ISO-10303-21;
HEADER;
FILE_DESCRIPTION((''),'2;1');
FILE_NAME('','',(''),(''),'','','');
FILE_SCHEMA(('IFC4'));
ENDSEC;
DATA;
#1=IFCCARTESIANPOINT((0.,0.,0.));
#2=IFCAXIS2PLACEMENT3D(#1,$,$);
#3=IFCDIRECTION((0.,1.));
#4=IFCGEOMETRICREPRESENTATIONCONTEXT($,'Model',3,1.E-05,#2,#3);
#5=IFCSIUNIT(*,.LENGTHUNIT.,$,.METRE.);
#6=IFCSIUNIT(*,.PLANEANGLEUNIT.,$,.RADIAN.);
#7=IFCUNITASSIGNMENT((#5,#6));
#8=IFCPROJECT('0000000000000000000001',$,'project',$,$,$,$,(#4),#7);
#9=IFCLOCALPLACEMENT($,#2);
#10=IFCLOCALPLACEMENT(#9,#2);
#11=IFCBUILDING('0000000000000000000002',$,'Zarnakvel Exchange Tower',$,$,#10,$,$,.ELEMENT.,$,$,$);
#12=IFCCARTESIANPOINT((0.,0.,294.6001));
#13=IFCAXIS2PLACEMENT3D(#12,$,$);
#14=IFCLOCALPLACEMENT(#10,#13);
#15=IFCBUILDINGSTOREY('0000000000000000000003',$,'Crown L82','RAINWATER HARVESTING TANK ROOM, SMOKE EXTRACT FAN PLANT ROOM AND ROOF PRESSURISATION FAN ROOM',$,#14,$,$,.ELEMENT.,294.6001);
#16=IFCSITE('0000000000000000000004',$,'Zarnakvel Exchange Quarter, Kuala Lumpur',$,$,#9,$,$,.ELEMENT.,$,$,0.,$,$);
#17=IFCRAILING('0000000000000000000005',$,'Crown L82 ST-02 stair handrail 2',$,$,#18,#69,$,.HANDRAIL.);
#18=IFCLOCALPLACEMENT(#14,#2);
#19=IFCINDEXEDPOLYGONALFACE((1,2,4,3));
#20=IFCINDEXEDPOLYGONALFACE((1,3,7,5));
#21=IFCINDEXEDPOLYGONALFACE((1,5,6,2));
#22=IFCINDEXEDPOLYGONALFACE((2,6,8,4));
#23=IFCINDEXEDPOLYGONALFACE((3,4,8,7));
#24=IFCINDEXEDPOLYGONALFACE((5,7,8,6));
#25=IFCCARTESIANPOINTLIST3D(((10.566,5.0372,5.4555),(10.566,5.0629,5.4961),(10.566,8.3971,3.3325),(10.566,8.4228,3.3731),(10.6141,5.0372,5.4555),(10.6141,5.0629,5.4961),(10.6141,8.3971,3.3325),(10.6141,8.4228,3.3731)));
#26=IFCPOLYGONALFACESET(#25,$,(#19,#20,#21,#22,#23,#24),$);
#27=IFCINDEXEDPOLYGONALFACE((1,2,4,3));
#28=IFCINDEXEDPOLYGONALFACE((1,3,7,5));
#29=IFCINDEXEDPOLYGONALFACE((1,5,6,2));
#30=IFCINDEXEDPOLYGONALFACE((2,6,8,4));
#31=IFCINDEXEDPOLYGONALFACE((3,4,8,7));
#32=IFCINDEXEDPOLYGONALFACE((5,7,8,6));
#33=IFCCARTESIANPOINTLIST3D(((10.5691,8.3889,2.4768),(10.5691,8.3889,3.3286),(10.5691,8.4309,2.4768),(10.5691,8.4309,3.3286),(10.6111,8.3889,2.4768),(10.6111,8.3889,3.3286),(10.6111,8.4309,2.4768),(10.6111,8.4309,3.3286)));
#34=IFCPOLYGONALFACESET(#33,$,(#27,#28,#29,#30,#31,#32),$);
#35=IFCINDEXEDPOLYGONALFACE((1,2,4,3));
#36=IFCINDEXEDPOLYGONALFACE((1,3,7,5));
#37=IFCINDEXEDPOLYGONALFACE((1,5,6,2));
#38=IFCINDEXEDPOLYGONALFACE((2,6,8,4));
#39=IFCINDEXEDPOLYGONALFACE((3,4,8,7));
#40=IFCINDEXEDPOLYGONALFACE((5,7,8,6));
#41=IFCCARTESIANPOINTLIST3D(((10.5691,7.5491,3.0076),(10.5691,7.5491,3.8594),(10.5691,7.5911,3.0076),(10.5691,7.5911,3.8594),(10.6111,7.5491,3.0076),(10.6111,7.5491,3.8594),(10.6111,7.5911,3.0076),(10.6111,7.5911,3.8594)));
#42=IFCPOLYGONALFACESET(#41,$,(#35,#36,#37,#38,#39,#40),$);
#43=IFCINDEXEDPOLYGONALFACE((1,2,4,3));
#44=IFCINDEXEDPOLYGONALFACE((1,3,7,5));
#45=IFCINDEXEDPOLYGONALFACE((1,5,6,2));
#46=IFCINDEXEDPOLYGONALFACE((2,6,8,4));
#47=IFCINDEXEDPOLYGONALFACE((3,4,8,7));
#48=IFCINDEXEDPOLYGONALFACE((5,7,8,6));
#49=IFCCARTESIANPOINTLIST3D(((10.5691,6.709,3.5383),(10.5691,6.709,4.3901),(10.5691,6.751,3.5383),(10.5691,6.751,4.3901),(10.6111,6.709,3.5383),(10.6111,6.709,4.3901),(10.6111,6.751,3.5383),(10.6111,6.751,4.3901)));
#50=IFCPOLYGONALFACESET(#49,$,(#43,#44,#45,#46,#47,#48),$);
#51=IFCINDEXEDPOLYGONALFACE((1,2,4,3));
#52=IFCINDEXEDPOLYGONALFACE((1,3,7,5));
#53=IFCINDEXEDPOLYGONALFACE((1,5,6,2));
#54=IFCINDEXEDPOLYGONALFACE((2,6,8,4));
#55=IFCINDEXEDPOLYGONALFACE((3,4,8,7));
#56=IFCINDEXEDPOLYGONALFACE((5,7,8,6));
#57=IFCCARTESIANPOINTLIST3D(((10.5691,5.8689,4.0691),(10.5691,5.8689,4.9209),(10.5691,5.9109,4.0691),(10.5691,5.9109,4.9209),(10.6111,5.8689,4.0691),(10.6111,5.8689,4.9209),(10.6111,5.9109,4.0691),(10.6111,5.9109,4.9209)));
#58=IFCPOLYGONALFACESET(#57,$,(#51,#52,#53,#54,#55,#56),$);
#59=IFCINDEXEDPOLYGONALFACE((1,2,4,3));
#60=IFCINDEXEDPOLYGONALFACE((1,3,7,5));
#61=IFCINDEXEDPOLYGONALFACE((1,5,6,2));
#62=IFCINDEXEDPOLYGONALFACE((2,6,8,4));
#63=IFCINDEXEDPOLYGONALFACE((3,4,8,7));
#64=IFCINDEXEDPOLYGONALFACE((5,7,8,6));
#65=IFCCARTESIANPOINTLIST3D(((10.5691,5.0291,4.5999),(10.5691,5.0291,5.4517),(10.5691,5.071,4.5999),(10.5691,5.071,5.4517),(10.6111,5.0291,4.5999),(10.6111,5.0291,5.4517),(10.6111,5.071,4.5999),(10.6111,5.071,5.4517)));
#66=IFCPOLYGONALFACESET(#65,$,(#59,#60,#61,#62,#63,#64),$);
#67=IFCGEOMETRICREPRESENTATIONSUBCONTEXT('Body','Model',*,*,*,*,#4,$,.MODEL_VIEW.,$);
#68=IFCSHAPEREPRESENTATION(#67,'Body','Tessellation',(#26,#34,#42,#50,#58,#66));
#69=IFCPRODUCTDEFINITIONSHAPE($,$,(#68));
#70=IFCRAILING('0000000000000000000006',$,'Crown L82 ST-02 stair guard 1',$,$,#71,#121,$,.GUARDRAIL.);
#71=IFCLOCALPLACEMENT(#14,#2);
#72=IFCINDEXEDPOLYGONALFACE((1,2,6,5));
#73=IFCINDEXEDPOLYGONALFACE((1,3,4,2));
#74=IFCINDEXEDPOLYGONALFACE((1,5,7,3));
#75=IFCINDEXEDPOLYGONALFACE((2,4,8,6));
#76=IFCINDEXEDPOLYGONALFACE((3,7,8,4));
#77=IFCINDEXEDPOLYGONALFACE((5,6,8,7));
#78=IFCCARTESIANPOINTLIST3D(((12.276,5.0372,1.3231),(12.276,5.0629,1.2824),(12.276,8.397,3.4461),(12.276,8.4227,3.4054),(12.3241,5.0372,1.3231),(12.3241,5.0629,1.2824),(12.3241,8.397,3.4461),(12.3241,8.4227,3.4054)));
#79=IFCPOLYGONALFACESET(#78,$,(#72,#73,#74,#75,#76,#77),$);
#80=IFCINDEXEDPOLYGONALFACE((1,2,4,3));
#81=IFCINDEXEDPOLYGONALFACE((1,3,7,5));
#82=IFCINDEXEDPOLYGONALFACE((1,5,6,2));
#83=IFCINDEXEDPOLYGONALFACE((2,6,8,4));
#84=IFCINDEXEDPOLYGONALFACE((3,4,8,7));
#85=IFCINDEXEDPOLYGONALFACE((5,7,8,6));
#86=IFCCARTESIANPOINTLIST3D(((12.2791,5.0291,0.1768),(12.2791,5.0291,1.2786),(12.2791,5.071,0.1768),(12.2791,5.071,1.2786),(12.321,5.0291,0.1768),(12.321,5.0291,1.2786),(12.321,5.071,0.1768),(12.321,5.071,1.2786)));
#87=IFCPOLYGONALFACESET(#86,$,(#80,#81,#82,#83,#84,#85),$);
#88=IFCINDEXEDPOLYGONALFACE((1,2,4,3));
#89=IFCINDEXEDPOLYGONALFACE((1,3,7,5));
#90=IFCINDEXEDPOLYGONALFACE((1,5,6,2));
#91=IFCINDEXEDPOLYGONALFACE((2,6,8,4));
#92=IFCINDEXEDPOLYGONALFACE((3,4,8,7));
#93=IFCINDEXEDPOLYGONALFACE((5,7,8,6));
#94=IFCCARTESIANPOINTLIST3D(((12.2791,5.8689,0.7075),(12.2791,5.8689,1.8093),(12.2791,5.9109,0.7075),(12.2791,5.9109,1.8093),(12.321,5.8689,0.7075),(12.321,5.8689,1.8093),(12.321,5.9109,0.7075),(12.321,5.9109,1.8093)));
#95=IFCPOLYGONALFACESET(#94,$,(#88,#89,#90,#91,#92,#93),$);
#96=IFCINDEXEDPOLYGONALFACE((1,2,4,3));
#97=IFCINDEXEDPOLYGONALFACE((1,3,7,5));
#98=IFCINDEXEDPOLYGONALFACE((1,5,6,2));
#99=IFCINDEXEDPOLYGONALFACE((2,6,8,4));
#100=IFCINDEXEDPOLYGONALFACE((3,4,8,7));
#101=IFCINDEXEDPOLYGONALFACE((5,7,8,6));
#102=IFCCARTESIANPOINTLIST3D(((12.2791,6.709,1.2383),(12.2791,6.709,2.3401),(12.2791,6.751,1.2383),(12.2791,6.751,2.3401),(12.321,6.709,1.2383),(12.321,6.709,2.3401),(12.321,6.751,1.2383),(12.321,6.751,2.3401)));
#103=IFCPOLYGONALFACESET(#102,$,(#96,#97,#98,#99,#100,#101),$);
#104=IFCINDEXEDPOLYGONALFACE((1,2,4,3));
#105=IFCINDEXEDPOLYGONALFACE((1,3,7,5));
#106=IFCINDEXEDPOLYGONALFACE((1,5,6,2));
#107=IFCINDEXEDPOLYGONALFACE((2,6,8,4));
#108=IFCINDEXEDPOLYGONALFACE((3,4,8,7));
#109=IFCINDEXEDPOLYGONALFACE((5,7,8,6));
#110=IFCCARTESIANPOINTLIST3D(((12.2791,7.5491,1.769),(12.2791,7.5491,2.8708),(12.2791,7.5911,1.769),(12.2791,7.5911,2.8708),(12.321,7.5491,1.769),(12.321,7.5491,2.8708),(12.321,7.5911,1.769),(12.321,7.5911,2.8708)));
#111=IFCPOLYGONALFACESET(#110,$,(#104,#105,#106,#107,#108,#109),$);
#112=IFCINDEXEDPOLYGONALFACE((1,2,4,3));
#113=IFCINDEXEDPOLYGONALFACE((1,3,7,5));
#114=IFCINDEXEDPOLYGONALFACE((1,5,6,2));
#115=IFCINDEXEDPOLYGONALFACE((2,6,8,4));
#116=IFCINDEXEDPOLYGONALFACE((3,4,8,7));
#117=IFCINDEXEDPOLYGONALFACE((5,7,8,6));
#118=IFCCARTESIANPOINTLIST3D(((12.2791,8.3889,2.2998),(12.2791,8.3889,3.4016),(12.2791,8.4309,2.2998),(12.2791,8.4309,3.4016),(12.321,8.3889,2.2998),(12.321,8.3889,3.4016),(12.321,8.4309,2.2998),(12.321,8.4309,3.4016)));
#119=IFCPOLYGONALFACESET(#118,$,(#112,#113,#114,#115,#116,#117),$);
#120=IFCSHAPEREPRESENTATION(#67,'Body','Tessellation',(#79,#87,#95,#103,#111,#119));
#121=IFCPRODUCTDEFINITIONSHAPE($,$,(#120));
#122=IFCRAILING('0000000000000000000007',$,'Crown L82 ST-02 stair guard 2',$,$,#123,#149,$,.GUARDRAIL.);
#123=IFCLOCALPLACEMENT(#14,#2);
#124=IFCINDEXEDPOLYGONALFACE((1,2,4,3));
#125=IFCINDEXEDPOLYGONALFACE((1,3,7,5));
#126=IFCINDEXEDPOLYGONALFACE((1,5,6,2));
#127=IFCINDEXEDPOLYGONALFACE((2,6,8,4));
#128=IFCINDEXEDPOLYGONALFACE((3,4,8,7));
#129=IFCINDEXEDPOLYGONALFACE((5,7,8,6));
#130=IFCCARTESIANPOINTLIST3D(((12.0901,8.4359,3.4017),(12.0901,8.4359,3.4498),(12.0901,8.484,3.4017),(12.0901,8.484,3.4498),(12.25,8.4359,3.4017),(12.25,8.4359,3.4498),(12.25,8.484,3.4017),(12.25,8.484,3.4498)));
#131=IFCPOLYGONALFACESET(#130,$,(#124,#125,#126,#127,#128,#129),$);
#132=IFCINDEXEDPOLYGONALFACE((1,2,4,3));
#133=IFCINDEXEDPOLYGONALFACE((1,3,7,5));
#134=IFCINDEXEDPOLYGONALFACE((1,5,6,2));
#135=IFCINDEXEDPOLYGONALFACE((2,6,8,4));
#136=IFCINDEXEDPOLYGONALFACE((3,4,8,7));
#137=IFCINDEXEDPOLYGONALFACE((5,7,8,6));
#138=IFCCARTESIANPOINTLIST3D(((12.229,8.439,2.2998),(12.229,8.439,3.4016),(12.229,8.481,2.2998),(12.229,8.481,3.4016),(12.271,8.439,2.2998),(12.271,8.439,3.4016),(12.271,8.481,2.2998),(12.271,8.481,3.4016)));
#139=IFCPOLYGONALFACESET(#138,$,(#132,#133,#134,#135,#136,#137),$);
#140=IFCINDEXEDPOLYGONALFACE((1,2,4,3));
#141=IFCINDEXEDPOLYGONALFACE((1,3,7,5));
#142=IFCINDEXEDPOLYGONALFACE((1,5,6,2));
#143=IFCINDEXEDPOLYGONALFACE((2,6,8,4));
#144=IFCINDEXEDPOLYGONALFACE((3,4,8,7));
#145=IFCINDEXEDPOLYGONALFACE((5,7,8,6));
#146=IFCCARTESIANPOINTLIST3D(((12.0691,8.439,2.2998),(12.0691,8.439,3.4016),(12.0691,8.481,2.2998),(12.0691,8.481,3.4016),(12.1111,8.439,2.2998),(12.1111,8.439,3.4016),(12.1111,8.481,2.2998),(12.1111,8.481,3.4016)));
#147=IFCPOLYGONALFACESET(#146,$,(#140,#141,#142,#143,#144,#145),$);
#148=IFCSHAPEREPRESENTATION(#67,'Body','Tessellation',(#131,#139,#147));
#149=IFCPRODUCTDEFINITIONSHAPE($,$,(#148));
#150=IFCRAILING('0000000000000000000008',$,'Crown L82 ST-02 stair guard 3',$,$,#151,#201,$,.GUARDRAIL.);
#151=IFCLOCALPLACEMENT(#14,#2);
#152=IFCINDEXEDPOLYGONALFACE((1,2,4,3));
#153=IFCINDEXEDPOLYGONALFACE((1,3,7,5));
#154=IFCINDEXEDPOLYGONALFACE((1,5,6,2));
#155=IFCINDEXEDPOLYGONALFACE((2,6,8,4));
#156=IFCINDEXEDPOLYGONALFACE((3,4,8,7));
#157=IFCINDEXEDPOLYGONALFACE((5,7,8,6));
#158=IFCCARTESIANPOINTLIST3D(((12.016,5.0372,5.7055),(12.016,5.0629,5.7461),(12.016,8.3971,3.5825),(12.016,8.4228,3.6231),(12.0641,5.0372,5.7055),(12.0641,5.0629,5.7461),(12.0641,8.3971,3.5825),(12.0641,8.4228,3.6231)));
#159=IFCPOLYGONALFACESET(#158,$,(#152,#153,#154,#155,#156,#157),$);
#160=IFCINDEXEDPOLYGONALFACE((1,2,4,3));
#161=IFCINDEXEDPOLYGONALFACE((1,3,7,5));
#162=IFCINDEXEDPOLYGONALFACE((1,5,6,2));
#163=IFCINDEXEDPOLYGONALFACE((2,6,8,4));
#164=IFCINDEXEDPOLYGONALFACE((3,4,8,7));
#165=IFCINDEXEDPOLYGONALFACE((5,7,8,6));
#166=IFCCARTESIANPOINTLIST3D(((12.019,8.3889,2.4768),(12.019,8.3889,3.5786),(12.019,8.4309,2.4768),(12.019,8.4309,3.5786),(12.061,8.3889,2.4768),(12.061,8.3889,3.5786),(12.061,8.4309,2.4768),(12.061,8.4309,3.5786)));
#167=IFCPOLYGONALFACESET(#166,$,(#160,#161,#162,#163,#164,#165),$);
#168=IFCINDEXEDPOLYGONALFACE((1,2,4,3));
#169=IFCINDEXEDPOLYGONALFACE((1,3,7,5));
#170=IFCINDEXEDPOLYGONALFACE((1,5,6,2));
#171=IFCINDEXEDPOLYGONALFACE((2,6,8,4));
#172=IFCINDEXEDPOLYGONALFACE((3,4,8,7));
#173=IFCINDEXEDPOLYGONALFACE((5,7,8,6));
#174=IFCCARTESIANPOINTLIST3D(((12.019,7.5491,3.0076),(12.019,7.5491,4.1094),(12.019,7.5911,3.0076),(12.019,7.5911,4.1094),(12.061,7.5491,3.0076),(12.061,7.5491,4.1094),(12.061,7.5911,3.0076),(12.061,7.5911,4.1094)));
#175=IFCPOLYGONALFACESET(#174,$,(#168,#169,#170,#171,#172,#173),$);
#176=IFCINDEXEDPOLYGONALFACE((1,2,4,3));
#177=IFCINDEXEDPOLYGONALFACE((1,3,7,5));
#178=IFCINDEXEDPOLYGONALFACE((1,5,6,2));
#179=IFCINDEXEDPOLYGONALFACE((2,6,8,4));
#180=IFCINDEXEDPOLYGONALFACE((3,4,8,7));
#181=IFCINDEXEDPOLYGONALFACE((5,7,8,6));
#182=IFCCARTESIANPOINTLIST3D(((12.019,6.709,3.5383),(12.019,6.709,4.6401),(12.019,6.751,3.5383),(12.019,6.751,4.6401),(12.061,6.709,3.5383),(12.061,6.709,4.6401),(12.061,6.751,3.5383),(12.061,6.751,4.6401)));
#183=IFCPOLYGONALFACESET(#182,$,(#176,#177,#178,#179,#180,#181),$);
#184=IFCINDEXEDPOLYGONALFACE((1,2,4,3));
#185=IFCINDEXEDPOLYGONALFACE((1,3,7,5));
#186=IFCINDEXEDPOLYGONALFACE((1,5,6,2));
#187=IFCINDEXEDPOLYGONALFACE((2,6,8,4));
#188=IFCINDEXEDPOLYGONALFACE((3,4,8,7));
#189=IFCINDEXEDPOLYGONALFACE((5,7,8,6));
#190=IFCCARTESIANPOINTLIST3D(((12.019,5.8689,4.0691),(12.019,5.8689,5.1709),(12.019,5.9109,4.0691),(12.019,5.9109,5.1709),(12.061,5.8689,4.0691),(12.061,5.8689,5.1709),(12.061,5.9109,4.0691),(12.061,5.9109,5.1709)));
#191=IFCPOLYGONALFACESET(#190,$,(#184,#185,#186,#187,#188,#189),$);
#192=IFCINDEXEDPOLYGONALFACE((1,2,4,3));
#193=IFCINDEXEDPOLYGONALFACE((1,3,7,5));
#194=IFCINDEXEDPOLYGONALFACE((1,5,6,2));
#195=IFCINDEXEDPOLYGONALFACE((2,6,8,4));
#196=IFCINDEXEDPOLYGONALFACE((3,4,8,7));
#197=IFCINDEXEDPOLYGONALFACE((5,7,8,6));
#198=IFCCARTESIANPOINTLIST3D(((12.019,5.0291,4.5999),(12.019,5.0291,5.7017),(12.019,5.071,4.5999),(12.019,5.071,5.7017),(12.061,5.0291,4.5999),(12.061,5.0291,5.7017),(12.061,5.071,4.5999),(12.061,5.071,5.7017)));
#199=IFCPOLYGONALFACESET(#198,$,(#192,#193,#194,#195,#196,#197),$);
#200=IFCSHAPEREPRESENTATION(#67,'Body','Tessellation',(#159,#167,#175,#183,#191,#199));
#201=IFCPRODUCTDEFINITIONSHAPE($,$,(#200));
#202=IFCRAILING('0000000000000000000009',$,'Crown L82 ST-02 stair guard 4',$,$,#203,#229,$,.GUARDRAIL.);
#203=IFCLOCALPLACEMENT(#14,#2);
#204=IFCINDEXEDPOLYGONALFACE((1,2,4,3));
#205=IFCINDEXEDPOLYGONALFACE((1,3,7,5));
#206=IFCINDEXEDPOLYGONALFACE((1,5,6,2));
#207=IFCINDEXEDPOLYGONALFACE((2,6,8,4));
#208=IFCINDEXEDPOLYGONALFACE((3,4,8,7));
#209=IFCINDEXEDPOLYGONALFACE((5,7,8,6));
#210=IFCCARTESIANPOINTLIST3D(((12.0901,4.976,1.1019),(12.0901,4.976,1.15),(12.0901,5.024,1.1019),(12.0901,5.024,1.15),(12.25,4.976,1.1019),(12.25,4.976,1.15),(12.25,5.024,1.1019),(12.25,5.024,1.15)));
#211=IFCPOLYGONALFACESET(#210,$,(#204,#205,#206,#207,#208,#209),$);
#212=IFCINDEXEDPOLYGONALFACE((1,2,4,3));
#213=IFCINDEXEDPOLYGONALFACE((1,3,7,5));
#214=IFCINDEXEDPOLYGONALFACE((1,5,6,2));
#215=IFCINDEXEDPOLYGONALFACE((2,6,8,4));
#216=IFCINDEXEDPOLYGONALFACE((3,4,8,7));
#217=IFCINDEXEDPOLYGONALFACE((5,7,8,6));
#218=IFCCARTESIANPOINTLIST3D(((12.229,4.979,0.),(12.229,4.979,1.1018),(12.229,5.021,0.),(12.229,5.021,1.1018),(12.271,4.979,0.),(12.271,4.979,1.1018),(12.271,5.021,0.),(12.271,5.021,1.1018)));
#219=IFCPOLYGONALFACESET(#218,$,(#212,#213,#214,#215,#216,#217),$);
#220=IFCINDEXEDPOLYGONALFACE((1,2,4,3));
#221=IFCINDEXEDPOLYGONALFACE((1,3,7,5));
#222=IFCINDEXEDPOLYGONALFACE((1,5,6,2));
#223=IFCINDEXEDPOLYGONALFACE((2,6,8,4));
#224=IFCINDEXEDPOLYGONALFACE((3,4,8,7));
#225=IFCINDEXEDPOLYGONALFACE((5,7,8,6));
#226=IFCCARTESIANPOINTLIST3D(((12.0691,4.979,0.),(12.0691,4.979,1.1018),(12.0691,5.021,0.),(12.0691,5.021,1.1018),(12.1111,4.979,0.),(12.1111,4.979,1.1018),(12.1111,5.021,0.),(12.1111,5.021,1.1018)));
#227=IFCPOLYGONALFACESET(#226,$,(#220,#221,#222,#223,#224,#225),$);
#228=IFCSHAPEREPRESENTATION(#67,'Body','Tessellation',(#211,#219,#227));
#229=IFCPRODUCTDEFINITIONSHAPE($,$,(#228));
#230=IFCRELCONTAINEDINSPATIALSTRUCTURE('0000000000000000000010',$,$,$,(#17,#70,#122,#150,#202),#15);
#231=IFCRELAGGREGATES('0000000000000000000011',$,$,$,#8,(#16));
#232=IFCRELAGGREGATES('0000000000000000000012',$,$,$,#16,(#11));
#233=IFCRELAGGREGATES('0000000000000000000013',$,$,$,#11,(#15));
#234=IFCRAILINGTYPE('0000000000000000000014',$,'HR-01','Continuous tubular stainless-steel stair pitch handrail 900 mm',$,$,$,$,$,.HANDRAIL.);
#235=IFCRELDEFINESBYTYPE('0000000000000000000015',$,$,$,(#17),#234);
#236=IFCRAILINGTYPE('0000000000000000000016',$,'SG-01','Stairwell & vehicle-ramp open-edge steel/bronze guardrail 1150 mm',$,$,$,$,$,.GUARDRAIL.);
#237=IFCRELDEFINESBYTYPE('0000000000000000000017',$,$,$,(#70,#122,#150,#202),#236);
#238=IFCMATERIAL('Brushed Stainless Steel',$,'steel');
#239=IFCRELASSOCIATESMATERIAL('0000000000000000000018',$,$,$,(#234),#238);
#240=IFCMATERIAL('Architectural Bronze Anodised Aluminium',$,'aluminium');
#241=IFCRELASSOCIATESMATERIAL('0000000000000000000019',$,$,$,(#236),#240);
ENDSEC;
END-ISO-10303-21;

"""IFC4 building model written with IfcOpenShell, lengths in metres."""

from ifc_helpers import new_model, si_unit, direction, frame, origin, origin_2d, place, context, subcontext, project, spatial, rectangle, extrude, material, type_object, element, save


model = new_model("IFC4")

# Units and contexts
model_context = context("Model", 3, precision=1e-05, world=origin(), true_north=direction((0.0, 1.0)))
body_context = subcontext(model_context, "Body", "Model", "MODEL_VIEW")
ifc_project = project(units=[si_unit("LENGTHUNIT", "METRE"), si_unit("PLANEANGLEUNIT", "RADIAN")], contexts=[model_context])

# Site, building, storey
site_placement = place(None, origin())
site = spatial("IfcSite", under=ifc_project, at=site_placement, Name="Zarnakvel Exchange Quarter, Kuala Lumpur", CompositionType="ELEMENT", RefElevation=0.0)
building_placement = place(site_placement, origin())
building = spatial("IfcBuilding", under=site, at=building_placement, Name="Zarnakvel Exchange Tower", CompositionType="ELEMENT")
storey_placement = place(building_placement, frame((0.0, 0.0, 294.6001)))
storey = spatial("IfcBuildingStorey", under=building, at=storey_placement, Name="Crown L82", Description="RAINWATER HARVESTING TANK ROOM, SMOKE EXTRACT FAN PLANT ROOM AND ROOF PRESSURISATION FAN ROOM", CompositionType="ELEMENT", Elevation=294.6001)

# Shared definitions
ifc_material_1 = material(Name="Architectural Bronze Anodised Aluminium", Category="aluminium")

# Railings
ifc_material_2 = material(Name="Brushed Stainless Steel", Category="steel")
railing_type_1 = type_object("IfcRailingType", Name="HR-01", Description="Continuous tubular stainless-steel stair pitch handrail 900 mm", PredefinedType="HANDRAIL", material=ifc_material_2)
railing_1_placement = place(storey_placement, frame((10.5901, 8.4099, 2.4768)))
element("IfcRailing", 1, at=railing_1_placement, inside=storey, type_object=railing_type_1, Name="Crown L82 ST-02 stair handrail 2", PredefinedType="HANDRAIL", context=body_context, shape_type="SweptSolid", body=[
    extrude(rectangle(XDim=0.0481, YDim=0.0481, at=origin_2d()), frame((0.0, 0.0, 0.876), z_axis=(0.0, -0.845372, 0.534178), x_axis=(1.0, 0.0, 0.0)), (0.0, 0.0, 1.0), 3.9744),
    extrude(rectangle(XDim=0.042, YDim=0.042, at=origin_2d()), origin(), (0.0, 0.0, 1.0), 0.8518),
    extrude(rectangle(XDim=0.042, YDim=0.042, at=origin_2d()), frame((0.0, -0.8398, 0.5308)), (0.0, 0.0, 1.0), 0.8518),
    extrude(rectangle(XDim=0.042, YDim=0.042, at=origin_2d()), frame((0.0, -1.6799, 1.0615)), (0.0, 0.0, 1.0), 0.8518),
    extrude(rectangle(XDim=0.042, YDim=0.042, at=origin_2d()), frame((0.0, -2.52, 1.5923)), (0.0, 0.0, 1.0), 0.8518),
    extrude(rectangle(XDim=0.042, YDim=0.042, at=origin_2d()), frame((0.0, -3.3599, 2.123)), (0.0, 0.0, 1.0), 0.8518),
])
railing_type_2 = type_object("IfcRailingType", Name="SG-01", Description="Stairwell & vehicle-ramp open-edge steel/bronze guardrail 1150 mm", PredefinedType="GUARDRAIL", material=ifc_material_1)
railing_2_placement = place(storey_placement, frame((12.3, 5.05, 0.1768)))
element("IfcRailing", 2, at=railing_2_placement, inside=storey, type_object=railing_type_2, Name="Crown L82 ST-02 stair guard 1", PredefinedType="GUARDRAIL", context=body_context, shape_type="SweptSolid", body=[
    extrude(rectangle(XDim=0.0481, YDim=0.0481, at=origin_2d()), frame((0.0, 0.0, 1.126), z_axis=(0.0, 0.845372, 0.534178), x_axis=(-1.0, 0.0, 0.0)), (0.0, 0.0, 1.0), 3.9744),
    extrude(rectangle(XDim=0.042, YDim=0.042, at=origin_2d()), origin(), (0.0, 0.0, 1.0), 1.1018),
    extrude(rectangle(XDim=0.042, YDim=0.042, at=origin_2d()), frame((0.0, 0.8398, 0.5308)), (0.0, 0.0, 1.0), 1.1018),
    extrude(rectangle(XDim=0.042, YDim=0.042, at=origin_2d()), frame((0.0, 1.6799, 1.0615)), (0.0, 0.0, 1.0), 1.1018),
    extrude(rectangle(XDim=0.042, YDim=0.042, at=origin_2d()), frame((0.0, 2.52, 1.5923)), (0.0, 0.0, 1.0), 1.1018),
    extrude(rectangle(XDim=0.042, YDim=0.042, at=origin_2d()), frame((0.0, 3.3599, 2.123)), (0.0, 0.0, 1.0), 1.1018),
])
railing_3_placement = place(storey_placement, frame((12.25, 8.46, 2.2998)))
element("IfcRailing", 3, at=railing_3_placement, inside=storey, type_object=railing_type_2, Name="Crown L82 ST-02 stair guard 2", PredefinedType="GUARDRAIL", context=body_context, shape_type="SweptSolid", body=[
    extrude(rectangle(XDim=0.0481, YDim=0.0481, at=origin_2d()), frame((0.0, 0.0, 1.126), z_axis=(-1.0, 0.0, 0.0), x_axis=(0.0, -1.0, 0.0)), (0.0, 0.0, 1.0), 0.1599),
    extrude(rectangle(XDim=0.042, YDim=0.042, at=origin_2d()), origin(), (0.0, 0.0, 1.0), 1.1018),
    extrude(rectangle(XDim=0.042, YDim=0.042, at=origin_2d()), frame((-0.1599, 0.0, 0.0)), (0.0, 0.0, 1.0), 1.1018),
])
railing_4_placement = place(storey_placement, frame((12.04, 8.4099, 2.4768)))
element("IfcRailing", 4, at=railing_4_placement, inside=storey, type_object=railing_type_2, Name="Crown L82 ST-02 stair guard 3", PredefinedType="GUARDRAIL", context=body_context, shape_type="SweptSolid", body=[
    extrude(rectangle(XDim=0.0481, YDim=0.0481, at=origin_2d()), frame((0.0, 0.0, 1.126), z_axis=(0.0, -0.845372, 0.534178), x_axis=(1.0, 0.0, 0.0)), (0.0, 0.0, 1.0), 3.9744),
    extrude(rectangle(XDim=0.042, YDim=0.042, at=origin_2d()), origin(), (0.0, 0.0, 1.0), 1.1018),
    extrude(rectangle(XDim=0.042, YDim=0.042, at=origin_2d()), frame((0.0, -0.8398, 0.5308)), (0.0, 0.0, 1.0), 1.1018),
    extrude(rectangle(XDim=0.042, YDim=0.042, at=origin_2d()), frame((0.0, -1.6799, 1.0615)), (0.0, 0.0, 1.0), 1.1018),
    extrude(rectangle(XDim=0.042, YDim=0.042, at=origin_2d()), frame((0.0, -2.52, 1.5923)), (0.0, 0.0, 1.0), 1.1018),
    extrude(rectangle(XDim=0.042, YDim=0.042, at=origin_2d()), frame((0.0, -3.3599, 2.123)), (0.0, 0.0, 1.0), 1.1018),
])
railing_5_placement = place(storey_placement, frame((12.25, 5.0, 0.0)))
element("IfcRailing", 5, at=railing_5_placement, inside=storey, type_object=railing_type_2, Name="Crown L82 ST-02 stair guard 4", PredefinedType="GUARDRAIL", context=body_context, shape_type="SweptSolid", body=[
    extrude(rectangle(XDim=0.0481, YDim=0.0481, at=origin_2d()), frame((0.0, 0.0, 1.126), z_axis=(-1.0, 0.0, 0.0), x_axis=(0.0, -1.0, 0.0)), (0.0, 0.0, 1.0), 0.1599),
    extrude(rectangle(XDim=0.042, YDim=0.042, at=origin_2d()), origin(), (0.0, 0.0, 1.0), 1.1018),
    extrude(rectangle(XDim=0.042, YDim=0.042, at=origin_2d()), frame((-0.1599, 0.0, 0.0)), (0.0, 0.0, 1.0), 1.1018),
])

save(model, "model.ifc")
